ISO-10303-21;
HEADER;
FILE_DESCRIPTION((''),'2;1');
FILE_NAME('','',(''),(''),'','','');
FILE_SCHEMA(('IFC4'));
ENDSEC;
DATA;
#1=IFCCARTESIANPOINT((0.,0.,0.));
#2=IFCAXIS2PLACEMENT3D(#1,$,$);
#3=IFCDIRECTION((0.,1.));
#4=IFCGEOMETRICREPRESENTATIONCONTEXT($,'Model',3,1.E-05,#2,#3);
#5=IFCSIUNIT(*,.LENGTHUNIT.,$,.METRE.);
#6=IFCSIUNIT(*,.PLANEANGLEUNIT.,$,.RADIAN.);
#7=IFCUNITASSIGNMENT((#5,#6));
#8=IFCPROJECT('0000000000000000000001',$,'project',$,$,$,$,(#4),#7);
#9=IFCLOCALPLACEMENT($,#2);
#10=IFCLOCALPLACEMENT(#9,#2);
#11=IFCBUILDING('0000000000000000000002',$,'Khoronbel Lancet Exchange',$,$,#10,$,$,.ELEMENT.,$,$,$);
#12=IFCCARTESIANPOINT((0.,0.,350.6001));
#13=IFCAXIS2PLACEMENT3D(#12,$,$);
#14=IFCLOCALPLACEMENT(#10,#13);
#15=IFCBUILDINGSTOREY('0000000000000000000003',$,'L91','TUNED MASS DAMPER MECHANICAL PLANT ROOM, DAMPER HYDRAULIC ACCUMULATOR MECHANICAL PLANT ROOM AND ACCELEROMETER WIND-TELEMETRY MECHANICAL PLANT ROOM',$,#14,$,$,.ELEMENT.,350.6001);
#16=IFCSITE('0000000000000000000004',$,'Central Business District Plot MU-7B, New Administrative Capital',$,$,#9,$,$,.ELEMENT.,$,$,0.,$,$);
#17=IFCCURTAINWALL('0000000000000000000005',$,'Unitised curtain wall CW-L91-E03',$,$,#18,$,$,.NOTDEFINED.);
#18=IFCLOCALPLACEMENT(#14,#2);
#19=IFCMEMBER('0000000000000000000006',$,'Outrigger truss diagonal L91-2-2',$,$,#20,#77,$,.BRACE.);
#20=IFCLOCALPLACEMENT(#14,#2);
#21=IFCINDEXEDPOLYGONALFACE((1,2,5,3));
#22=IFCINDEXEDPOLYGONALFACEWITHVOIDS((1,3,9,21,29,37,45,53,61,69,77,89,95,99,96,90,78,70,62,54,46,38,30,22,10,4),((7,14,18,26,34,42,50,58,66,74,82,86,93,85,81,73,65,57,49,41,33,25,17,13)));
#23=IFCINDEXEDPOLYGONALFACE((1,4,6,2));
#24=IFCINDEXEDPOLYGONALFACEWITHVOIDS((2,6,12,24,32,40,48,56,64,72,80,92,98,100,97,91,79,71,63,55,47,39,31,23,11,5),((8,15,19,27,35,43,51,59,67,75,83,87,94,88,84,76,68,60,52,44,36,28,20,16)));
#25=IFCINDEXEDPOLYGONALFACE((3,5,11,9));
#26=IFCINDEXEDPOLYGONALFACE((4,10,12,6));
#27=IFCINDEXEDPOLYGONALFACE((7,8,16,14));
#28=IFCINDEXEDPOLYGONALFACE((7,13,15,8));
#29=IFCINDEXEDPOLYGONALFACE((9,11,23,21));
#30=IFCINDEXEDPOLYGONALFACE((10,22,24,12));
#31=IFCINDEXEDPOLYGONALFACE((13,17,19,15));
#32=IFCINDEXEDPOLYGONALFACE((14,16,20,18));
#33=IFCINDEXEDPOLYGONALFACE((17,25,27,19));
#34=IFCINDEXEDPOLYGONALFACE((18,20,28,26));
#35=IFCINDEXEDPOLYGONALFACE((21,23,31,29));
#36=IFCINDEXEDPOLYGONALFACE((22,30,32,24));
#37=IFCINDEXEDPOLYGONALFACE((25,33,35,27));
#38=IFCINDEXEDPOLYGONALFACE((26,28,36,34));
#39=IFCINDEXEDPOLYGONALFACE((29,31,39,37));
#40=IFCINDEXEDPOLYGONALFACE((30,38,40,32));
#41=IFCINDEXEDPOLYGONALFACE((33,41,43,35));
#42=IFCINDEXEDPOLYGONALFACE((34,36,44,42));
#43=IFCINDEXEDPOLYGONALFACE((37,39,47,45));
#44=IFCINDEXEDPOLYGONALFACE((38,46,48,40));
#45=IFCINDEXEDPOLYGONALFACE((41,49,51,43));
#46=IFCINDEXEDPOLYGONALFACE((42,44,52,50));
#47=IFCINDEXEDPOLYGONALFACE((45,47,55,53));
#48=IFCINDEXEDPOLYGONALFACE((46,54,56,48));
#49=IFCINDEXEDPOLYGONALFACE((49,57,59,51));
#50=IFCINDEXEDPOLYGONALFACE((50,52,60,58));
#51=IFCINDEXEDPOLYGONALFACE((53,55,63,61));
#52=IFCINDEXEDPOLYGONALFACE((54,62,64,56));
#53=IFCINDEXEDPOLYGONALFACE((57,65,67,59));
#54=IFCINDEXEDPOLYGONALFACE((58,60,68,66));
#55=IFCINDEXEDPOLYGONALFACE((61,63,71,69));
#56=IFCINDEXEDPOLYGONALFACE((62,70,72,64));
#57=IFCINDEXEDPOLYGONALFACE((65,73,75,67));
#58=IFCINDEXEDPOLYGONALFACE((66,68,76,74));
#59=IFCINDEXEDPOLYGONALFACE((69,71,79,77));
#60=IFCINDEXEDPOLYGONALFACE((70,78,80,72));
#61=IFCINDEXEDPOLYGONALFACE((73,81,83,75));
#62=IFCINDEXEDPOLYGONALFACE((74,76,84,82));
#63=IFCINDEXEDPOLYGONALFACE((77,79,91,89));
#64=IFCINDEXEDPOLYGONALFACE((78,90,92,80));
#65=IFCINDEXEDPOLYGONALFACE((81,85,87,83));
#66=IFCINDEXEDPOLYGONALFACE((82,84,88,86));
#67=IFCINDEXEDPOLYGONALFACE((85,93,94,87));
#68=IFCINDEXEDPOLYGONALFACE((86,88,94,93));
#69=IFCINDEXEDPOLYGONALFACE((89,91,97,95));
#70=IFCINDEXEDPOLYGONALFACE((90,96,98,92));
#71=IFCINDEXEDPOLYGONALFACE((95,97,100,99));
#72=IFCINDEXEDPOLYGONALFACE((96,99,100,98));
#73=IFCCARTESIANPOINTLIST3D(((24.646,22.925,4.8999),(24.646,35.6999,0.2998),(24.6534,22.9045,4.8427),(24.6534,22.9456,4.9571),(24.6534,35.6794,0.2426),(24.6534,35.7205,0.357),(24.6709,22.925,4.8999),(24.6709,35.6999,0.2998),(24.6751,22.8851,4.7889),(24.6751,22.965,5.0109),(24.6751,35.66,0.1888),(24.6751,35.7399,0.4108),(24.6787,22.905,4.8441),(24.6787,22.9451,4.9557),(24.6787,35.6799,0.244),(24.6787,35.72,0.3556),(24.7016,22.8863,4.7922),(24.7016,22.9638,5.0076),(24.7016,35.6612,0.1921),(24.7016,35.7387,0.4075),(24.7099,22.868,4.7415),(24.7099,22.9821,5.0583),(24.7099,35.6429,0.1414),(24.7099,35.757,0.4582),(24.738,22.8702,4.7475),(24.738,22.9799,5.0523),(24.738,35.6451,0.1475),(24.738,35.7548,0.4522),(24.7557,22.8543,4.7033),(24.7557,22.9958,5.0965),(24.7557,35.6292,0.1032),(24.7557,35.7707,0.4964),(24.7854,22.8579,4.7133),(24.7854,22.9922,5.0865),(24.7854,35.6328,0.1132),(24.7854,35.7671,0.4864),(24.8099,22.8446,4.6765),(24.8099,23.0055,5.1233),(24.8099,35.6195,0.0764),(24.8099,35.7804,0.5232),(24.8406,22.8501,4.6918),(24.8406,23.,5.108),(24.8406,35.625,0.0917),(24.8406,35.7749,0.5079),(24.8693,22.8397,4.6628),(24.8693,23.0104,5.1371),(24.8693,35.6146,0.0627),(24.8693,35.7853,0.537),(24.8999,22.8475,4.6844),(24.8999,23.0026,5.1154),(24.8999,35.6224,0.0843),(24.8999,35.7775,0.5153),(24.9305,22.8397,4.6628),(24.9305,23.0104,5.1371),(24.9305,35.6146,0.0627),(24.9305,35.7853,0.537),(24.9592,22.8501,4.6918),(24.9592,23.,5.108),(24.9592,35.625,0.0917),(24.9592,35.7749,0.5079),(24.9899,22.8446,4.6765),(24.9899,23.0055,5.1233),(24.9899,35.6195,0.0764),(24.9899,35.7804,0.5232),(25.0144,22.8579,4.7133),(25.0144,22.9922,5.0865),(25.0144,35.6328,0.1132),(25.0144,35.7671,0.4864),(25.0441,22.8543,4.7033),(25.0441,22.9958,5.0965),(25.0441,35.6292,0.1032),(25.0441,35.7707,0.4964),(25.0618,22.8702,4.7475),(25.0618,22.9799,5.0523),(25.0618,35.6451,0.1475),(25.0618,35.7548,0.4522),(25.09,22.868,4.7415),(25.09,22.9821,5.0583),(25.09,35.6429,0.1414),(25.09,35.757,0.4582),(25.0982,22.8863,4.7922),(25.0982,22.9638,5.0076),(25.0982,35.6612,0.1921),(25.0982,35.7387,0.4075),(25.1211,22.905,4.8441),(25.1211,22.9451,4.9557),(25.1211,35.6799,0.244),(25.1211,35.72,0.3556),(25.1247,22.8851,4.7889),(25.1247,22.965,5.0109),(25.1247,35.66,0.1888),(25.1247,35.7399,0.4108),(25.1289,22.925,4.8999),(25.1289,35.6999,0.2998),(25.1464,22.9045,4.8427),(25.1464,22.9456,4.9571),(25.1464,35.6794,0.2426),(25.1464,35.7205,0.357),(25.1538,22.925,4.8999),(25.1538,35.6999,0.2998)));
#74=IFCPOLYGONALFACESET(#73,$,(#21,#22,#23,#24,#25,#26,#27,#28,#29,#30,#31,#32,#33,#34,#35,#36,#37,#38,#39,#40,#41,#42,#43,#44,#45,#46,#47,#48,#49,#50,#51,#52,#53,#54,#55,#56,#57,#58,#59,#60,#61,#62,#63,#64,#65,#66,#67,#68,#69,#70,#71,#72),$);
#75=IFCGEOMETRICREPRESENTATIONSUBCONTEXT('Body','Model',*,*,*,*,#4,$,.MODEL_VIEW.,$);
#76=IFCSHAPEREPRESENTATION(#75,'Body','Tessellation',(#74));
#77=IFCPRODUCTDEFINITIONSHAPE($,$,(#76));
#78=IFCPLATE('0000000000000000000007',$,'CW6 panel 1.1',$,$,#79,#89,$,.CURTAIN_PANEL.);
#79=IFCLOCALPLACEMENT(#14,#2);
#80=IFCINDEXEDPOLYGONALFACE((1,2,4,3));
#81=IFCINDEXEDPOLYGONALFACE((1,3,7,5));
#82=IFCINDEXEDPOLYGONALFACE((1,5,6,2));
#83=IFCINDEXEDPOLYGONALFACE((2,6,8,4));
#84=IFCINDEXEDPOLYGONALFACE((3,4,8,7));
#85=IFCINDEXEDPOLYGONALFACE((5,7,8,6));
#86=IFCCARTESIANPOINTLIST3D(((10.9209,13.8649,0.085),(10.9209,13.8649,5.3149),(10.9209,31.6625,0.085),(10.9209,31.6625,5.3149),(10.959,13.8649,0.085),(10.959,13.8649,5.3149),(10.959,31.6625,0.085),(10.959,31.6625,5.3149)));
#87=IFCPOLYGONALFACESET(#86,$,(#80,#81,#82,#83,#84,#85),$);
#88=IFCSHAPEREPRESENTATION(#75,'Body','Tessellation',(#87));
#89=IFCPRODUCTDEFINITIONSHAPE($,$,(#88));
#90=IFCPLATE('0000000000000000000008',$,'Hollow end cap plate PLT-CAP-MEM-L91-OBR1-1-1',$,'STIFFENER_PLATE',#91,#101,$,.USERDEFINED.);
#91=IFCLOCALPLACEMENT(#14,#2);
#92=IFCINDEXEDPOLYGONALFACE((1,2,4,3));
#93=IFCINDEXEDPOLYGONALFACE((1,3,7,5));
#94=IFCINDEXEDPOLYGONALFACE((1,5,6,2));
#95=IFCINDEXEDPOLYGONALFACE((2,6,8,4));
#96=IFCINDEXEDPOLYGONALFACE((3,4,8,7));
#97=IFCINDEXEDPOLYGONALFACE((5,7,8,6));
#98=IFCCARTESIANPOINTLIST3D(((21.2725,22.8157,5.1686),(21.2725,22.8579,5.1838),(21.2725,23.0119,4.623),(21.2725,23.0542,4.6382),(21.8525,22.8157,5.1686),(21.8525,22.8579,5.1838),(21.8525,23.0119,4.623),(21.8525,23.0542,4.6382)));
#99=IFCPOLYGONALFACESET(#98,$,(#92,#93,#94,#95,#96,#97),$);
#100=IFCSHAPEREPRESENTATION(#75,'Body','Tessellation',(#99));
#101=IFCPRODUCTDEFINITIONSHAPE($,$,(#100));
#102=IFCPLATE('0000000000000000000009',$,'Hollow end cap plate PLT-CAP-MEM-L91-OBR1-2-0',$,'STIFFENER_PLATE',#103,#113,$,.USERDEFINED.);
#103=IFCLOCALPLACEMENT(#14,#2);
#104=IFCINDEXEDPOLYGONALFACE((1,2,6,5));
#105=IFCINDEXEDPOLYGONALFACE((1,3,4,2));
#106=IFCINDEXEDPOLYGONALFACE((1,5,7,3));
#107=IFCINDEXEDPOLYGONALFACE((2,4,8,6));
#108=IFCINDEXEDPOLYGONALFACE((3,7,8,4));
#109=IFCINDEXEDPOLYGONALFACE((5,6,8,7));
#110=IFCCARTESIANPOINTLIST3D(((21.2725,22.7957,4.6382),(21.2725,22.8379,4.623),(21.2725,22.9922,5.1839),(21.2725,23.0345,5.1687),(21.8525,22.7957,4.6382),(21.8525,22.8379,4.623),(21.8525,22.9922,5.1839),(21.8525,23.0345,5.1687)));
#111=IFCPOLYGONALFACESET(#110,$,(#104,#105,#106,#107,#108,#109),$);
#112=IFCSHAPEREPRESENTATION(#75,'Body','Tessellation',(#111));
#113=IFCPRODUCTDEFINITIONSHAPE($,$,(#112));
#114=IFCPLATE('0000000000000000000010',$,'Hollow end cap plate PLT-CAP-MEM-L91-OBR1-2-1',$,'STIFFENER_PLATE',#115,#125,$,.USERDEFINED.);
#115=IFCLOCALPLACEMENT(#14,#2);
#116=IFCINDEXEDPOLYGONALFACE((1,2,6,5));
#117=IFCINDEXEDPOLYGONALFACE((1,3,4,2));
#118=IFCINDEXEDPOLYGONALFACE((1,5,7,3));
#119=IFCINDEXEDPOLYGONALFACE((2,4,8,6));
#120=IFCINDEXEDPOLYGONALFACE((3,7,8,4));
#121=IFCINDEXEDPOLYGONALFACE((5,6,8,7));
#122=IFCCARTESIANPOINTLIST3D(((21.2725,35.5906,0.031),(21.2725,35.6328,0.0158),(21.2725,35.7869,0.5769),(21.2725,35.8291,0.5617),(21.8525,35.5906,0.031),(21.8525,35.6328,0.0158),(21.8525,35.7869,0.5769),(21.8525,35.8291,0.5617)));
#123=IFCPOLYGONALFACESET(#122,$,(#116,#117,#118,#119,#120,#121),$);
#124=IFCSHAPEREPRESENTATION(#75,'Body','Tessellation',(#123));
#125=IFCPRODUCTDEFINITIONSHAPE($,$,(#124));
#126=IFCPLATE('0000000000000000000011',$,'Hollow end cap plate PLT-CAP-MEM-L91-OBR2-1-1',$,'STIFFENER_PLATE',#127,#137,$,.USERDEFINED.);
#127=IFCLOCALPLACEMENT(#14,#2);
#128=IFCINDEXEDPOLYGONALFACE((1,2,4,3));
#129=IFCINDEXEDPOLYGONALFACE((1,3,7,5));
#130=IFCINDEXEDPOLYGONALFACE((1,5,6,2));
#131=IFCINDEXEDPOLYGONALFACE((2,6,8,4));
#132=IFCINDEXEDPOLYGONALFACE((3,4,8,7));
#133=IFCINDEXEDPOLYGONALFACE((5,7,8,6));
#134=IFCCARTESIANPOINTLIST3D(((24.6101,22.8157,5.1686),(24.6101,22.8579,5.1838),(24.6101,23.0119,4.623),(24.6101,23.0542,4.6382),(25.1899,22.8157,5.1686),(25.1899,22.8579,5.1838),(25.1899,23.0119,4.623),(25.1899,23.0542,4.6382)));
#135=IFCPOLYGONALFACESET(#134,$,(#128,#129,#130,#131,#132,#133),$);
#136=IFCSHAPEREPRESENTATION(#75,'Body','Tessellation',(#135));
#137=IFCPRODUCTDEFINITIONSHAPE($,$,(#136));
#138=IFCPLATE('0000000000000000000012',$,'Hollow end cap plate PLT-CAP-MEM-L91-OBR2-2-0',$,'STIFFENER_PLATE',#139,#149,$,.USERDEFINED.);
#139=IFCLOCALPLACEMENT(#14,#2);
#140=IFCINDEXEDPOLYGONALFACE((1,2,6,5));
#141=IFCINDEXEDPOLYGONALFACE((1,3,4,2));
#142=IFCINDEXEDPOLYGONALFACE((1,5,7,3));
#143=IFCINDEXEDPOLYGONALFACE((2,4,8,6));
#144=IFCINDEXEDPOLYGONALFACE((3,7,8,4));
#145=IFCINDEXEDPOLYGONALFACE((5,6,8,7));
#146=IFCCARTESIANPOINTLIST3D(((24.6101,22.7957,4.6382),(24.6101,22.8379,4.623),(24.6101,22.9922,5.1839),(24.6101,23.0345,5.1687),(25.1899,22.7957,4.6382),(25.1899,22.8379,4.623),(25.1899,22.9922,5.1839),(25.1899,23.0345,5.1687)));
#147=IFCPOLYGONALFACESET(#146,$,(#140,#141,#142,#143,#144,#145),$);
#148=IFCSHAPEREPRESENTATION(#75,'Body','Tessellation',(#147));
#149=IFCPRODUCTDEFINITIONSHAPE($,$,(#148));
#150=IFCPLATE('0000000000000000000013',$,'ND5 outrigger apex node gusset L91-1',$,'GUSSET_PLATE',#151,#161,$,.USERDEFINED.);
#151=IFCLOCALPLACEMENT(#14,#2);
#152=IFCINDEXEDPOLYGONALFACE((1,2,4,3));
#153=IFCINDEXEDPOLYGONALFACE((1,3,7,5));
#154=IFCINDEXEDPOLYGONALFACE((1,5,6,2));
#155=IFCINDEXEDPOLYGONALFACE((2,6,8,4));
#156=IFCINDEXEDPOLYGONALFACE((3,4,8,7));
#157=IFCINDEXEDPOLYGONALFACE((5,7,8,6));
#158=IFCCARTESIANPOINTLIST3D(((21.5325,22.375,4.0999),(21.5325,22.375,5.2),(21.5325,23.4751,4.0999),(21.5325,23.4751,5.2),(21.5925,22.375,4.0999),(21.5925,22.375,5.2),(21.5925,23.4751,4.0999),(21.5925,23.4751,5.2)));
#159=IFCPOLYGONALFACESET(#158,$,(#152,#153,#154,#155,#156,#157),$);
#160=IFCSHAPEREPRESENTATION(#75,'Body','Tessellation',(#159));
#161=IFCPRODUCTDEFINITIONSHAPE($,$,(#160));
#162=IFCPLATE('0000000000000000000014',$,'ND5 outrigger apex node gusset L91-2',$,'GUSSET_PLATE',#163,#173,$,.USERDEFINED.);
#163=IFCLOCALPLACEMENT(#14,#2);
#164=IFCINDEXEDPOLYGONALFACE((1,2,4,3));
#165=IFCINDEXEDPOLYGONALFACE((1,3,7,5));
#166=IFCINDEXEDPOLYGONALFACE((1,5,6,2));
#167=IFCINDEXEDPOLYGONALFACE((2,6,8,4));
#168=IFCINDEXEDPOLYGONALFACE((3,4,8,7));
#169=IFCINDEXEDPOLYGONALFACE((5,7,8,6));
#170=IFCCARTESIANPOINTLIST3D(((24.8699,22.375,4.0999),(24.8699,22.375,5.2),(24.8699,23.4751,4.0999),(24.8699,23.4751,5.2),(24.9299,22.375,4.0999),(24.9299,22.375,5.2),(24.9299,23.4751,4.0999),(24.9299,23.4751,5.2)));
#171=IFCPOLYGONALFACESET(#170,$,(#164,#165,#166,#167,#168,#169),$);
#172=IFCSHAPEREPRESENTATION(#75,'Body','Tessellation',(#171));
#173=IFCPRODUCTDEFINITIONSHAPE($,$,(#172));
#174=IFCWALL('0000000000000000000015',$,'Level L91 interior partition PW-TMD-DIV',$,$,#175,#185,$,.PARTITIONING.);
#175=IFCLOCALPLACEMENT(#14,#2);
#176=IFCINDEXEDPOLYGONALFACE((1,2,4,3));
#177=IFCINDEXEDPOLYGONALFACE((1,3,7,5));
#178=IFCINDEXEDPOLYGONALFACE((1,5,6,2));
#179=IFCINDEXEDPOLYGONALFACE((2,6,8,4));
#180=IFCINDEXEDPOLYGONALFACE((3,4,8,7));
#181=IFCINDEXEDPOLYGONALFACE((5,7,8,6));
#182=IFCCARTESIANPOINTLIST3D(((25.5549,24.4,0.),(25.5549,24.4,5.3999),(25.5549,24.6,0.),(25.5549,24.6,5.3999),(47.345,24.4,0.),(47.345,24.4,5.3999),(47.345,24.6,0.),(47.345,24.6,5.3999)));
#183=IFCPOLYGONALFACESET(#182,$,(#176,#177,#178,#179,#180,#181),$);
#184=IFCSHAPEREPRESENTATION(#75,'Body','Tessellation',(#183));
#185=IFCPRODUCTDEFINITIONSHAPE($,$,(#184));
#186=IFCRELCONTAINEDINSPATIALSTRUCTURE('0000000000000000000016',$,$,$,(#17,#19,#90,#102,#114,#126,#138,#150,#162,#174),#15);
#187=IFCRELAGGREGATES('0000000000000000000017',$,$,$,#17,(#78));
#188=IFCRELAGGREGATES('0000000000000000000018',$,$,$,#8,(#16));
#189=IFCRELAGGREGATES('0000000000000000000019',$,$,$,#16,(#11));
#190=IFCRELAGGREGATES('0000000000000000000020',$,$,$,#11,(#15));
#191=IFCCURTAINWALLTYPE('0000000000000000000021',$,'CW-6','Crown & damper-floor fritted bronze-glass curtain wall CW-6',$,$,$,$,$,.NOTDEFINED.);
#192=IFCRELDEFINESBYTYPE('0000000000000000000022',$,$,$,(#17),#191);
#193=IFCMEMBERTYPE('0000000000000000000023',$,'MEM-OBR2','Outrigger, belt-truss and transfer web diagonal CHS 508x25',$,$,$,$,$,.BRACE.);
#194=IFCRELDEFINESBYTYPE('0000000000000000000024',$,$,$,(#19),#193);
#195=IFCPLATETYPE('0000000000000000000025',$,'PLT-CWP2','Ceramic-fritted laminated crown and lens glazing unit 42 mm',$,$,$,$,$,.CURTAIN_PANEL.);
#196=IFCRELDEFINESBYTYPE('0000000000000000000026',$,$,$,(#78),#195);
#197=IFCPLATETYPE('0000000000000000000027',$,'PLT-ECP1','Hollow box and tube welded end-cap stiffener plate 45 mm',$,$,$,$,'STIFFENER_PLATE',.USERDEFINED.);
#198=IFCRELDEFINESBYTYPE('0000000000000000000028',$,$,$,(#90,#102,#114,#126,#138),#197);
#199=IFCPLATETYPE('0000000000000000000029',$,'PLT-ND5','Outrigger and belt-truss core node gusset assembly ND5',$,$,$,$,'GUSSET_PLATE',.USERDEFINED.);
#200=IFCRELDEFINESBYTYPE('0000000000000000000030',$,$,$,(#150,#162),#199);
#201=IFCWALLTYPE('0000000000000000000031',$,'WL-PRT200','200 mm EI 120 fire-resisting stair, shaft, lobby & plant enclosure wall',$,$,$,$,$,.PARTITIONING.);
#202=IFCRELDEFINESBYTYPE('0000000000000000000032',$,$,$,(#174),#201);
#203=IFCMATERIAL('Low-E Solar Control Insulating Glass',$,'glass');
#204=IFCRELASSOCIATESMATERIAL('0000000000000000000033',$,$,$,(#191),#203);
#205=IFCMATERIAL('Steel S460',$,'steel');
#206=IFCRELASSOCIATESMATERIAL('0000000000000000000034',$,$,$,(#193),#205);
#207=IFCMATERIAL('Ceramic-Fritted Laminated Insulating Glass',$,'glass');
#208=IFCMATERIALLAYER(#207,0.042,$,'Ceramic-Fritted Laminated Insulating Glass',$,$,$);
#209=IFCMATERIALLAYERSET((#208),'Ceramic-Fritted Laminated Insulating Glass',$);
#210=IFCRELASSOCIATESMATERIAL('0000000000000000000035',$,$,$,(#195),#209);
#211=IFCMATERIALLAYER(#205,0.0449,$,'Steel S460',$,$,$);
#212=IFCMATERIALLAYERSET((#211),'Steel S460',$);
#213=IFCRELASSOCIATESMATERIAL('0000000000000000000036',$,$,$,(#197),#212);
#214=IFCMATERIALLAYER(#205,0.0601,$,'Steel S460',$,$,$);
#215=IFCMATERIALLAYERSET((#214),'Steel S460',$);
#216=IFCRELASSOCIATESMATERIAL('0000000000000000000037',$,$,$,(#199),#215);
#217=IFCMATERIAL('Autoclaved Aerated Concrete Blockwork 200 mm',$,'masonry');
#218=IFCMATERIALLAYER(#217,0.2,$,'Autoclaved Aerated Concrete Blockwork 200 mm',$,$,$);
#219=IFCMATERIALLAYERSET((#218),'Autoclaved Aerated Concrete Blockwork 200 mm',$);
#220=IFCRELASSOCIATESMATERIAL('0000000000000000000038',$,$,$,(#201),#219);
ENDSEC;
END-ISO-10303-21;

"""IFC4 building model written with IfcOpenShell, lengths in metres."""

from ifc_helpers import new_model, si_unit, direction, frame, frame_2d, origin, origin_2d, place, context, subcontext, project, spatial, polyline, rectangle, hollow_circle, outline, extrude, material, layer, layer_set, material_profile, profile_set, type_object, element, aggregate, save


model = new_model("IFC4")

# Units and contexts
model_context = context("Model", 3, precision=1e-05, world=origin(), true_north=direction((0.0, 1.0)))
body_context = subcontext(model_context, "Body", "Model", "MODEL_VIEW")
ifc_project = project(units=[si_unit("LENGTHUNIT", "METRE"), si_unit("PLANEANGLEUNIT", "RADIAN")], contexts=[model_context])

# Site, building, storey
site_placement = place(None, origin())
site = spatial("IfcSite", under=ifc_project, at=site_placement, Name="Central Business District Plot MU-7B, New Administrative Capital", CompositionType="ELEMENT", RefElevation=0.0)
building_placement = place(site_placement, origin())
building = spatial("IfcBuilding", under=site, at=building_placement, Name="Khoronbel Lancet Exchange", CompositionType="ELEMENT")
storey_placement = place(building_placement, frame((0.0, 0.0, 350.6001)))
storey = spatial("IfcBuildingStorey", under=building, at=storey_placement, Name="L91", Description="TUNED MASS DAMPER MECHANICAL PLANT ROOM, DAMPER HYDRAULIC ACCUMULATOR MECHANICAL PLANT ROOM AND ACCELEROMETER WIND-TELEMETRY MECHANICAL PLANT ROOM", CompositionType="ELEMENT", Elevation=350.6001)

# Curtain wall
ifc_material_1 = material(Name="Low-E Solar Control Insulating Glass", Category="glass")
curtain_wall_type = type_object("IfcCurtainWallType", Name="CW-6", Description="Crown & damper-floor fritted bronze-glass curtain wall CW-6", PredefinedType="NOTDEFINED", material=ifc_material_1)
curtain_wall_placement = place(storey_placement, origin())
curtain_wall = element("IfcCurtainWall", 1, at=curtain_wall_placement, inside=storey, type_object=curtain_wall_type, Name="Unitised curtain wall CW-L91-E03", PredefinedType="NOTDEFINED")

# Member
ifc_material_2 = material(Name="Steel S460", Category="steel")
ifc_material_profile_1 = material_profile(ifc_material_2, hollow_circle(Radius=0.2539, WallThickness=0.0249, at=origin_2d()), Name="CHS 508x25")
ifc_profile_set_1 = profile_set([ifc_material_profile_1], Name="Steel S460")
member_type_1 = type_object("IfcMemberType", Name="MEM-OBR2", Description="Outrigger, belt-truss and transfer web diagonal CHS 508x25", PredefinedType="BRACE", material=ifc_profile_set_1)
for number, where, z_axis, x_axis, name in (
    (2, (24.8999, 22.925, 4.8999), (0.0, 0.940861, -0.338793), (-1.0, 0.0, 0.0), "Outrigger truss diagonal L91-2-2"),
):
    element("IfcMember", number, at=place(storey_placement, frame(where, z_axis=z_axis, x_axis=x_axis)), inside=storey, type_object=member_type_1, Name=name, PredefinedType="BRACE", context=body_context, shape_type="SweptSolid", body=[
        extrude(hollow_circle(Radius=0.2539, WallThickness=0.0249, at=origin_2d()), origin(), (0.0, 0.0, 1.0), 13.5779),
    ])

# Plate
ifc_material_3 = material(Name="Ceramic-Fritted Laminated Insulating Glass", Category="glass")
ifc_layer_1 = layer(ifc_material_3, 0.042, Name="Ceramic-Fritted Laminated Insulating Glass")
ifc_layer_set_1 = layer_set([ifc_layer_1], Name="Ceramic-Fritted Laminated Insulating Glass")
plate_type_1 = type_object("IfcPlateType", Name="PLT-CWP2", Description="Ceramic-fritted laminated crown and lens glazing unit 42 mm", PredefinedType="CURTAIN_PANEL", material=ifc_layer_set_1)
plate_1_placement = place(storey_placement, frame((10.9399, 22.7637, 0.085), z_axis=(0.0, 0.0, 1.0), x_axis=(0.0, 1.0, 0.0)))
plate_1 = element("IfcPlate", 3, at=plate_1_placement, type_object=plate_type_1, Name="CW6 panel 1.1", PredefinedType="CURTAIN_PANEL", context=body_context, shape_type="SweptSolid", body=[
    extrude(rectangle(XDim=17.7976, YDim=0.0381, at=origin_2d()), origin(), (0.0, 0.0, 1.0), 5.23),
])
aggregate(curtain_wall, [plate_1])

# Plates
ifc_layer_2 = layer(ifc_material_2, 0.0449, Name="Steel S460")
ifc_layer_set_2 = layer_set([ifc_layer_2], Name="Steel S460")
plate_type_2 = type_object("IfcPlateType", Name="PLT-ECP1", Description="Hollow box and tube welded end-cap stiffener plate 45 mm", ElementType="STIFFENER_PLATE", PredefinedType="USERDEFINED", material=ifc_layer_set_2)
plate_2_placement = place(storey_placement, frame((21.8525, 23.0542, 4.6382), z_axis=(0.0, 0.940968, 0.338496), x_axis=(-1.0, 0.0, 0.0)))
element("IfcPlate", 4, at=plate_2_placement, inside=storey, type_object=plate_type_2, Name="Hollow end cap plate PLT-CAP-MEM-L91-OBR1-1-1", ObjectType="STIFFENER_PLATE", PredefinedType="USERDEFINED", context=body_context, shape_type="SweptSolid", body=[
    extrude(outline(polyline([(0.0, 0.0), (0.5801, 0.0), (0.5801, 0.5798), (0.0, 0.5798), (0.0, 0.0)])), origin(), (0.0, 0.0, -1.0), 0.0449),
])
for number, where, z_axis, x_axis, name in (
    (5, (21.2725, 22.7957, 4.6382), (0.0, -0.940834, 0.338869), (1.0, 0.0, 0.0), "Hollow end cap plate PLT-CAP-MEM-L91-OBR1-2-0"),
    (6, (21.2725, 35.5906, 0.031), (0.0, -0.941016, 0.338362), (1.0, 0.0, 0.0), "Hollow end cap plate PLT-CAP-MEM-L91-OBR1-2-1"),
):
    element("IfcPlate", number, at=place(storey_placement, frame(where, z_axis=z_axis, x_axis=x_axis)), inside=storey, type_object=plate_type_2, Name=name, ObjectType="STIFFENER_PLATE", PredefinedType="USERDEFINED", context=body_context, shape_type="SweptSolid", body=[
        extrude(outline(polyline([(0.0, 0.0), (0.5801, 0.0), (0.5801, 0.5801), (0.0, 0.5801), (0.0, 0.0)])), origin(), (0.0, 0.0, -1.0), 0.0449),
    ])
plate_3_placement = place(storey_placement, frame((25.1899, 23.0542, 4.6382), z_axis=(0.0, 0.940968, 0.338496), x_axis=(-1.0, 0.0, 0.0)))
element("IfcPlate", 7, at=plate_3_placement, inside=storey, type_object=plate_type_2, Name="Hollow end cap plate PLT-CAP-MEM-L91-OBR2-1-1", ObjectType="STIFFENER_PLATE", PredefinedType="USERDEFINED", context=body_context, shape_type="SweptSolid", body=[
    extrude(outline(polyline([(0.0, 0.0), (0.5798, 0.0), (0.5798, 0.5798), (0.0, 0.5798), (0.0, 0.0)])), origin(), (0.0, 0.0, -1.0), 0.0449),
])
plate_4_placement = place(storey_placement, frame((24.6101, 22.7957, 4.6382), z_axis=(0.0, -0.940834, 0.338869), x_axis=(1.0, 0.0, 0.0)))
element("IfcPlate", 8, at=plate_4_placement, inside=storey, type_object=plate_type_2, Name="Hollow end cap plate PLT-CAP-MEM-L91-OBR2-2-0", ObjectType="STIFFENER_PLATE", PredefinedType="USERDEFINED", context=body_context, shape_type="SweptSolid", body=[
    extrude(outline(polyline([(0.0, 0.0), (0.5798, 0.0), (0.5798, 0.5801), (0.0, 0.5801), (0.0, 0.0)])), origin(), (0.0, 0.0, -1.0), 0.0449),
])
ifc_layer_3 = layer(ifc_material_2, 0.0601, Name="Steel S460")
ifc_layer_set_3 = layer_set([ifc_layer_3], Name="Steel S460")
plate_type_3 = type_object("IfcPlateType", Name="PLT-ND5", Description="Outrigger and belt-truss core node gusset assembly ND5", ElementType="GUSSET_PLATE", PredefinedType="USERDEFINED", material=ifc_layer_set_3)
for number, where, z_axis, x_axis, name in (
    (9, (21.5625, 22.925, 4.0999), (0.0, 0.0, 1.0), (1.0, 0.0, 0.0), "ND5 outrigger apex node gusset L91-1"),
    (10, (24.8999, 22.925, 4.0999), (0.0, 0.0, 1.0), (1.0, 0.0, 0.0), "ND5 outrigger apex node gusset L91-2"),
):
    element("IfcPlate", number, at=place(storey_placement, frame(where, z_axis=z_axis, x_axis=x_axis)), inside=storey, type_object=plate_type_3, Name=name, ObjectType="GUSSET_PLATE", PredefinedType="USERDEFINED", context=body_context, shape_type="SweptSolid", body=[
        extrude(rectangle(XDim=0.0601, YDim=1.1001, at=origin_2d()), origin(), (0.0, 0.0, 1.0), 1.1001),
    ])

# Wall
ifc_material_4 = material(Name="Autoclaved Aerated Concrete Blockwork 200 mm", Category="masonry")
ifc_layer_4 = layer(ifc_material_4, 0.2, Name="Autoclaved Aerated Concrete Blockwork 200 mm")
ifc_layer_set_4 = layer_set([ifc_layer_4], Name="Autoclaved Aerated Concrete Blockwork 200 mm")
wall_type = type_object("IfcWallType", Name="WL-PRT200", Description="200 mm EI 120 fire-resisting stair, shaft, lobby & plant enclosure wall", PredefinedType="PARTITIONING", material=ifc_layer_set_4)
wall_placement = place(storey_placement, frame((25.5549, 24.5, 0.0), z_axis=(0.0, 0.0, 1.0), x_axis=(1.0, 0.0, 0.0)))
element("IfcWall", 11, at=wall_placement, inside=storey, type_object=wall_type, Name="Level L91 interior partition PW-TMD-DIV", PredefinedType="PARTITIONING", context=body_context, shape_type="SweptSolid", body=[
    extrude(rectangle(XDim=21.79, YDim=0.2, at=frame_2d((10.895, 0.0))), origin(), (0.0, 0.0, 1.0), 5.3999),
])

save(model, "model.ifc")
